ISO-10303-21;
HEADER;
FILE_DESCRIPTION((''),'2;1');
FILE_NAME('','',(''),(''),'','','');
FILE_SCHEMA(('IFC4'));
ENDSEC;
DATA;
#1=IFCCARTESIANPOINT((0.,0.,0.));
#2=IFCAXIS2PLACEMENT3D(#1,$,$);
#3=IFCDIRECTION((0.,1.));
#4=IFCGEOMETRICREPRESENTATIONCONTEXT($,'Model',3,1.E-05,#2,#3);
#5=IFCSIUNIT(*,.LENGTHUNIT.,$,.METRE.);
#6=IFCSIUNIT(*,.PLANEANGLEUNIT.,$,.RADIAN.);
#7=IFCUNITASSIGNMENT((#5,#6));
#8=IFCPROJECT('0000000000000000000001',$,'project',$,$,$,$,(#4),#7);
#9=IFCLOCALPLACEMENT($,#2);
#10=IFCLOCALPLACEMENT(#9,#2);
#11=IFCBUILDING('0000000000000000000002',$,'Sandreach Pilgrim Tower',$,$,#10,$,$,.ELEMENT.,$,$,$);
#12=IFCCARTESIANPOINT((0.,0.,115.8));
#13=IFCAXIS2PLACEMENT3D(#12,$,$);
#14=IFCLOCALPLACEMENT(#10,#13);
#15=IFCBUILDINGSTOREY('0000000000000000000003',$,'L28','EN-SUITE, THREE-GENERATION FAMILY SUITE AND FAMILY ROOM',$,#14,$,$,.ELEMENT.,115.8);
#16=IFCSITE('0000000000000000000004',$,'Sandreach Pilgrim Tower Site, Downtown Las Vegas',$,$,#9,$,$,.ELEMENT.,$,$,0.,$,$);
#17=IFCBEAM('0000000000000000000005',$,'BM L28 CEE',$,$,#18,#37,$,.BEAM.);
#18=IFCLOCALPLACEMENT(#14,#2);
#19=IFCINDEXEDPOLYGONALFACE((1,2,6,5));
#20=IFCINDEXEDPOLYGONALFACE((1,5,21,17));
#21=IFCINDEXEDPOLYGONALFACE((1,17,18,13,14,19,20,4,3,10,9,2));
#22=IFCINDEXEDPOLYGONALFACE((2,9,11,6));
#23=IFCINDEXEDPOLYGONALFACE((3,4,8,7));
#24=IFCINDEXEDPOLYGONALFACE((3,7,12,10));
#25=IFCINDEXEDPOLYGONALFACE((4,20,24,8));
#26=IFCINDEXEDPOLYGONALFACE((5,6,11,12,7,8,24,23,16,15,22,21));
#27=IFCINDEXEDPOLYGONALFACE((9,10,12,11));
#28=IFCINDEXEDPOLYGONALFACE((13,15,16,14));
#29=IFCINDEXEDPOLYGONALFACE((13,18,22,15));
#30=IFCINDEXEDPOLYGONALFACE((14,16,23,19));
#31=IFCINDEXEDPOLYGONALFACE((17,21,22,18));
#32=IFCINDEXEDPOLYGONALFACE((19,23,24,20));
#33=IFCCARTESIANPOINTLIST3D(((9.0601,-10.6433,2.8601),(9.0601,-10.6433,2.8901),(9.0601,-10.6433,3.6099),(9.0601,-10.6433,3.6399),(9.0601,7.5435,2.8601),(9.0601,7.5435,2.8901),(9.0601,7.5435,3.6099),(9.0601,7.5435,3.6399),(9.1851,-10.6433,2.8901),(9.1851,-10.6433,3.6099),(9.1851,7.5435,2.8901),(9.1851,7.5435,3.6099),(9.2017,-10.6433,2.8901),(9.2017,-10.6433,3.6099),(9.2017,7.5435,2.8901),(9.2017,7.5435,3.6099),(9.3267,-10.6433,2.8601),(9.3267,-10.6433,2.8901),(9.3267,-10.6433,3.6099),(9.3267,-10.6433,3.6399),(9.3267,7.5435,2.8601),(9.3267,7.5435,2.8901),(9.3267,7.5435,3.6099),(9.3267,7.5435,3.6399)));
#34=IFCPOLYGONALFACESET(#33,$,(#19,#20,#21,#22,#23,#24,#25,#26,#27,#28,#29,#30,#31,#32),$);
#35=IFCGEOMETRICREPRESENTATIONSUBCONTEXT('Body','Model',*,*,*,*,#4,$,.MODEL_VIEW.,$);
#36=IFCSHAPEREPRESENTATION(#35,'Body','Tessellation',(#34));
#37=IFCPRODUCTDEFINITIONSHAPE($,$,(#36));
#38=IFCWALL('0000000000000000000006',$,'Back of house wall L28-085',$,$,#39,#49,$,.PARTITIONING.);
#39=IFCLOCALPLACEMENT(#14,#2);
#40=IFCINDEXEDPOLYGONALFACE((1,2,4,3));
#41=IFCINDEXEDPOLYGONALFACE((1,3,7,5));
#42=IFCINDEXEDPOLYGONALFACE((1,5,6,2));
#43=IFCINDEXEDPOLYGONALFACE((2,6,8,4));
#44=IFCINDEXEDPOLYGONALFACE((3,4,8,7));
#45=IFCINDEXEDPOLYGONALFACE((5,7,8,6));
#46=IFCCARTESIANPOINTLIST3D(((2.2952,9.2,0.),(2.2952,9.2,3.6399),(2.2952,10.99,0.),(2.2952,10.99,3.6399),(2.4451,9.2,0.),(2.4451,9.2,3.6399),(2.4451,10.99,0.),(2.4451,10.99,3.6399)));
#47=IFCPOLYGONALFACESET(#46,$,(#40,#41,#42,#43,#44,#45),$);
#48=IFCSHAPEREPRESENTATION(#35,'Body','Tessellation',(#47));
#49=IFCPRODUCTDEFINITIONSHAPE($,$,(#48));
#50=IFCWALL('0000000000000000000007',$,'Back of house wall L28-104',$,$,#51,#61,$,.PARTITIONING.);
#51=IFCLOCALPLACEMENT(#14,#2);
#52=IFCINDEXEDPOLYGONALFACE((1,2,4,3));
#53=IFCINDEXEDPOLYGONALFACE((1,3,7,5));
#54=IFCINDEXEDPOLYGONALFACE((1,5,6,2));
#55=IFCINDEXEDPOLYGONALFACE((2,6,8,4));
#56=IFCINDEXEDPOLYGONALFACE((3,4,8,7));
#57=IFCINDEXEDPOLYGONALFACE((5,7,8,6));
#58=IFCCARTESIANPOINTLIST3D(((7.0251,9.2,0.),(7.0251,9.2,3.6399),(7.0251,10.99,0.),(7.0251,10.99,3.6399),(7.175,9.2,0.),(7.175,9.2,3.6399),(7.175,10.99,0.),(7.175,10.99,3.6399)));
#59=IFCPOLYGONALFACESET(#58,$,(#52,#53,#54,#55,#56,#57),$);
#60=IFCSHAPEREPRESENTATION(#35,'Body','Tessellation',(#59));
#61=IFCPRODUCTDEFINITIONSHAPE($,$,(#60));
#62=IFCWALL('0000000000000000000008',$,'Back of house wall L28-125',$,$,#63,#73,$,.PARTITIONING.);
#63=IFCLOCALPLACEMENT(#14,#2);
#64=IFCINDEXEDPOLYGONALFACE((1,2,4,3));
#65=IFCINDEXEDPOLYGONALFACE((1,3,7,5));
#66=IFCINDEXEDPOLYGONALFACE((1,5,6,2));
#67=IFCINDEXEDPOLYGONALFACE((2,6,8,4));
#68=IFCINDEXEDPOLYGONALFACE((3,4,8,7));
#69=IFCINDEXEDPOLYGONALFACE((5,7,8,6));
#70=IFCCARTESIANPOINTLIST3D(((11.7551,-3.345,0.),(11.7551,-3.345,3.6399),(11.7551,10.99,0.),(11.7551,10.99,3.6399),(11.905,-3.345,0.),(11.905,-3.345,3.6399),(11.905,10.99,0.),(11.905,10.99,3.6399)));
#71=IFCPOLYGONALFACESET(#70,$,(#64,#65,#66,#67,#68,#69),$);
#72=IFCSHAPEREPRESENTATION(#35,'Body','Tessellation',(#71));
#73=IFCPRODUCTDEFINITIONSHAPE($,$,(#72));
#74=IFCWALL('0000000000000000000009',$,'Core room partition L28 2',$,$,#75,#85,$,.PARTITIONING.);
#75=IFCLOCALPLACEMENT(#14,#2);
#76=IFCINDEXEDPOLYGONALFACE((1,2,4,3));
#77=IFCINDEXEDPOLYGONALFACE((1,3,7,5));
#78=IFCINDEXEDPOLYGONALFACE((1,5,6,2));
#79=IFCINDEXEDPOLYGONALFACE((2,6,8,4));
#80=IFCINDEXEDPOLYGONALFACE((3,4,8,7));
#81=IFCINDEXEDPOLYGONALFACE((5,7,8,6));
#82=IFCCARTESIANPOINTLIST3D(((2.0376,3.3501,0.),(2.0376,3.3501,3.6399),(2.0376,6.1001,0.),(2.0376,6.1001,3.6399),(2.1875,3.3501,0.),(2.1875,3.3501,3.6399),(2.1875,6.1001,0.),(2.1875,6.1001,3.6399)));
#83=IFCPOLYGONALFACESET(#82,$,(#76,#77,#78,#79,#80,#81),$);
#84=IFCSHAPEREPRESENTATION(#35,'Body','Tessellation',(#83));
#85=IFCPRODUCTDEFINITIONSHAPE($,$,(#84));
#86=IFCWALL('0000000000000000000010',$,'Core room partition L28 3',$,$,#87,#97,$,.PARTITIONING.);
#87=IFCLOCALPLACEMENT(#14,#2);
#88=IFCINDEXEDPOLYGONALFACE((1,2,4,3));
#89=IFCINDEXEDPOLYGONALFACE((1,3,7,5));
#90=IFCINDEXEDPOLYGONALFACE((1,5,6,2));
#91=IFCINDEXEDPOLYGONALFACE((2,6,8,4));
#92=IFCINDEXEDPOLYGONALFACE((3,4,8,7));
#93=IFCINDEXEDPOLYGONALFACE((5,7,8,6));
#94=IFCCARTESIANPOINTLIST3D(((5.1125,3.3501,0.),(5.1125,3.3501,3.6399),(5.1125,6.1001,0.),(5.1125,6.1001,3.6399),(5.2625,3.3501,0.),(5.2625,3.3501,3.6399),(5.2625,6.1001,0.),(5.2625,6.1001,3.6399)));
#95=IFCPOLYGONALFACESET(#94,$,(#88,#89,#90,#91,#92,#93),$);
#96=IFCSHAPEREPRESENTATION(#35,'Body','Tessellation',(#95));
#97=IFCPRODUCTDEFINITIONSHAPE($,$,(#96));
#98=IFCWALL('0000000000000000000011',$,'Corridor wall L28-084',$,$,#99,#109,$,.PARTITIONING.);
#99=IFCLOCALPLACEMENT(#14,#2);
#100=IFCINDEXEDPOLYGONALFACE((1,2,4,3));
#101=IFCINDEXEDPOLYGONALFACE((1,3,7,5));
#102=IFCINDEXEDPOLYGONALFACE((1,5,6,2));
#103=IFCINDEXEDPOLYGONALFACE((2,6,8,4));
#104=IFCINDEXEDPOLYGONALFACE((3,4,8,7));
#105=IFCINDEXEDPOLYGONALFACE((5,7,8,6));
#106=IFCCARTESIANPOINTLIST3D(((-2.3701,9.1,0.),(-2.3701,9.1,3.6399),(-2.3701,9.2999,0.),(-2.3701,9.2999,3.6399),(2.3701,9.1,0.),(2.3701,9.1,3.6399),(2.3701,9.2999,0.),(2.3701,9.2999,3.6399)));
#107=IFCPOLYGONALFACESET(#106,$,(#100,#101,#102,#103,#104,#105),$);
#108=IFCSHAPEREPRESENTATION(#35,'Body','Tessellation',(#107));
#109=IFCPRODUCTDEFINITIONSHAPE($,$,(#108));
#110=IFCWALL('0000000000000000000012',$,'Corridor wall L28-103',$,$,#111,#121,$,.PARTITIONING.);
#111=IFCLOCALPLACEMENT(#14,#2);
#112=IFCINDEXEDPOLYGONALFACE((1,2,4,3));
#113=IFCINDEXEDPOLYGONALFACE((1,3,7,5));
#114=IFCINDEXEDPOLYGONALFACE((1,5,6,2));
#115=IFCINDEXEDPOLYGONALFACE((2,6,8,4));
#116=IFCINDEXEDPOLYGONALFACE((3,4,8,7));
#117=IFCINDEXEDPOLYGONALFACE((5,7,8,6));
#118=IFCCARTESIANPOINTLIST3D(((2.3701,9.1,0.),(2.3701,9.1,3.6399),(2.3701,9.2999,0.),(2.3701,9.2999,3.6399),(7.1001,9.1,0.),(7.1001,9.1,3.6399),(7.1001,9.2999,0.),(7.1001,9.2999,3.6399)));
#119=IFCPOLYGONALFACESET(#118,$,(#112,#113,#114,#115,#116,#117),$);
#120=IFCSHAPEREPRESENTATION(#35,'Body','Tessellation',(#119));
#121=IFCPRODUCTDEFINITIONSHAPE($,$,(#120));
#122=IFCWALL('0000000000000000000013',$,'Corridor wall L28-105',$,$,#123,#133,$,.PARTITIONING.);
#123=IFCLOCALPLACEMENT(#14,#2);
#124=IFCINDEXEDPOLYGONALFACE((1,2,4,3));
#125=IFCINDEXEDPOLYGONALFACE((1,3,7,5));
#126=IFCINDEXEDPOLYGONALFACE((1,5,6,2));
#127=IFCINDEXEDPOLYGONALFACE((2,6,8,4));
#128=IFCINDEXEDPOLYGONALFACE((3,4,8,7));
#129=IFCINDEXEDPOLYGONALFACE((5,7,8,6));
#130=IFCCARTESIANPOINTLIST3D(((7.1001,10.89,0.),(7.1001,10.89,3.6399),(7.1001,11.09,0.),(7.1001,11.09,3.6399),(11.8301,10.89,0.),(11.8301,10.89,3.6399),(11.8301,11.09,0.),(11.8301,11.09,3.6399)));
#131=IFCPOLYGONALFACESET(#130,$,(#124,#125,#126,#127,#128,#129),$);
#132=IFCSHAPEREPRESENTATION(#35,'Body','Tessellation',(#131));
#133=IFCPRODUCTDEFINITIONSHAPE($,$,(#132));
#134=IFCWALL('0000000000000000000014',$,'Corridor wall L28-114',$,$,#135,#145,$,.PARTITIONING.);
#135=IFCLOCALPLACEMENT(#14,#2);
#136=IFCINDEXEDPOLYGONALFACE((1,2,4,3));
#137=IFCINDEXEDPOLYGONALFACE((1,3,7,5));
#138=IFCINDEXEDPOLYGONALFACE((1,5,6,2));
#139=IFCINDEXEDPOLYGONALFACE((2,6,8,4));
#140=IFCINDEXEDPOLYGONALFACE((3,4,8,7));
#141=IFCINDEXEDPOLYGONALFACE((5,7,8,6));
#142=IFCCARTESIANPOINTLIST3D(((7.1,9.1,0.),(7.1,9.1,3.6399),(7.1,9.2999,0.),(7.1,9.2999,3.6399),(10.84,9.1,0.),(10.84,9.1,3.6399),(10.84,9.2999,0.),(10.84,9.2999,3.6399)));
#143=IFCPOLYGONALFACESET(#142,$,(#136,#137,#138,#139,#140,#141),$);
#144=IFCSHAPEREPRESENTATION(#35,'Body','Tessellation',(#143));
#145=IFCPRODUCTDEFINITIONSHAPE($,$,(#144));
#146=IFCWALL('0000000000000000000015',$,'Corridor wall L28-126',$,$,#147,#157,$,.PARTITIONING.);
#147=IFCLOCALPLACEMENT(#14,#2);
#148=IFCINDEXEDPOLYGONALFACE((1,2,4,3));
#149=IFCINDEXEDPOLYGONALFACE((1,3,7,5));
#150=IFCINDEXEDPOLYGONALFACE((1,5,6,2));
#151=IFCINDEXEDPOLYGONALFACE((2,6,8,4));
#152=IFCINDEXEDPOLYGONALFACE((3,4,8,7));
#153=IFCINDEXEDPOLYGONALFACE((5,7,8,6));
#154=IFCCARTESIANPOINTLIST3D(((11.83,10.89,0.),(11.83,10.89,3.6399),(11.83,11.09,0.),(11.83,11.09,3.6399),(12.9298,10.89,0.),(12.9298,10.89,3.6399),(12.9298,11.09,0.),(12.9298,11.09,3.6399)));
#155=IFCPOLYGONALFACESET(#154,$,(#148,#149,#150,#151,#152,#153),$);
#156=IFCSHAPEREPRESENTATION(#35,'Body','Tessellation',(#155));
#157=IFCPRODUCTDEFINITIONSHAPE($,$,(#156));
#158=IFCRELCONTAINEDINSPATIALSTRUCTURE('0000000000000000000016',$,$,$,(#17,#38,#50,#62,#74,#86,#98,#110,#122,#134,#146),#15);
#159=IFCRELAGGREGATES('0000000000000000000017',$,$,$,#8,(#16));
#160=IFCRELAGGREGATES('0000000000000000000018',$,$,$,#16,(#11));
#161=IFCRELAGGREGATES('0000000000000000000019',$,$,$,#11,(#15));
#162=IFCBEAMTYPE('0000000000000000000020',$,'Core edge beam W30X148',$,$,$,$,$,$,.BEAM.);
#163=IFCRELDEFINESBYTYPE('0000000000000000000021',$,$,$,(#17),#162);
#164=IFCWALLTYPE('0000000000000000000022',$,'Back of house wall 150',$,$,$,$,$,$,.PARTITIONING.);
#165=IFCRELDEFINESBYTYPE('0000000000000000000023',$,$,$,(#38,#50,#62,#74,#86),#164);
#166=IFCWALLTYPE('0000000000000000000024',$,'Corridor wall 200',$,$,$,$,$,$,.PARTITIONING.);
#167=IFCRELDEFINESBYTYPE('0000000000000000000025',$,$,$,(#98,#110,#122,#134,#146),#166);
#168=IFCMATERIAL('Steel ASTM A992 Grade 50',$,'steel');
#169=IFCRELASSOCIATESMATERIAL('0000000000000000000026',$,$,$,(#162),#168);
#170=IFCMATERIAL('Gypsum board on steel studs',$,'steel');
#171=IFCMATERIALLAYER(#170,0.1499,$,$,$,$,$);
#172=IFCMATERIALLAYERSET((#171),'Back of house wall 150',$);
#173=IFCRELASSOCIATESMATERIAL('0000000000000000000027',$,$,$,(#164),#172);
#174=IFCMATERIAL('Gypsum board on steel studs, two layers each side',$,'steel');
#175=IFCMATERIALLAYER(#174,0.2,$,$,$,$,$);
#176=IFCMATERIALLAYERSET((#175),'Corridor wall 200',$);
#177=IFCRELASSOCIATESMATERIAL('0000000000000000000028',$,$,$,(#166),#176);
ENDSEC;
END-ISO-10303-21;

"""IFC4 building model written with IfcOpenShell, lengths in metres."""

from ifc_helpers import new_model, si_unit, direction, frame, frame_2d, origin, origin_2d, place, context, subcontext, project, spatial, rectangle, i_section, extrude, material, layer, layer_set, material_profile, profile_set, type_object, element, save


model = new_model("IFC4")

# Units and contexts
model_context = context("Model", 3, precision=1e-05, world=origin(), true_north=direction((0.0, 1.0)))
body_context = subcontext(model_context, "Body", "Model", "MODEL_VIEW")
ifc_project = project(units=[si_unit("LENGTHUNIT", "METRE"), si_unit("PLANEANGLEUNIT", "RADIAN")], contexts=[model_context])

# Site, building, storey
site_placement = place(None, origin())
site = spatial("IfcSite", under=ifc_project, at=site_placement, Name="Sandreach Pilgrim Tower Site, Downtown Las Vegas", CompositionType="ELEMENT", RefElevation=0.0)
building_placement = place(site_placement, origin())
building = spatial("IfcBuilding", under=site, at=building_placement, Name="Sandreach Pilgrim Tower", CompositionType="ELEMENT")
storey_placement = place(building_placement, frame((0.0, 0.0, 115.8)))
storey = spatial("IfcBuildingStorey", under=building, at=storey_placement, Name="L28", Description="EN-SUITE, THREE-GENERATION FAMILY SUITE AND FAMILY ROOM", CompositionType="ELEMENT", Elevation=115.8)

# Beam
ifc_material_1 = material(Name="Steel ASTM A992 Grade 50", Category="steel")
ifc_material_profile = material_profile(ifc_material_1, i_section(OverallWidth=0.2666, OverallDepth=0.7798, WebThickness=0.0166, FlangeThickness=0.03, at=origin_2d()), Name="W30X148")
ifc_profile_set = profile_set([ifc_material_profile], Name="Steel ASTM A992 Grade 50")
beam_type = type_object("IfcBeamType", Name="Core edge beam W30X148", PredefinedType="BEAM", material=ifc_profile_set)
beam_placement = place(storey_placement, frame((9.1934, 7.5435, 3.25), z_axis=(0.0, -1.0, 0.0), x_axis=(1.0, 0.0, 0.0)))
element("IfcBeam", 1, at=beam_placement, inside=storey, type_object=beam_type, Name="BM L28 CEE", PredefinedType="BEAM", context=body_context, shape_type="SweptSolid", body=[
    extrude(i_section(OverallWidth=0.2666, OverallDepth=0.7798, WebThickness=0.0166, FlangeThickness=0.03, at=origin_2d()), origin(), (0.0, 0.0, 1.0), 18.1868),
])

# Walls
ifc_material_2 = material(Name="Gypsum board on steel studs", Category="steel")
ifc_layer_1 = layer(ifc_material_2, 0.1499)
ifc_layer_set_1 = layer_set([ifc_layer_1], Name="Back of house wall 150")
wall_type_1 = type_object("IfcWallType", Name="Back of house wall 150", PredefinedType="PARTITIONING", material=ifc_layer_set_1)
for number, where, z_axis, x_axis, name in (
    (2, (2.3701, 10.99, 0.0), (0.0, 0.0, 1.0), (0.0, -1.0, 0.0), "Back of house wall L28-085"),
    (3, (7.1001, 10.99, 0.0), (0.0, 0.0, 1.0), (0.0, -1.0, 0.0), "Back of house wall L28-104"),
):
    element("IfcWall", number, at=place(storey_placement, frame(where, z_axis=z_axis, x_axis=x_axis)), inside=storey, type_object=wall_type_1, Name=name, PredefinedType="PARTITIONING", context=body_context, shape_type="SweptSolid", body=[
        extrude(rectangle(XDim=1.79, YDim=0.1499, at=frame_2d((0.895, 0.0))), origin(), (0.0, 0.0, 1.0), 3.6399),
    ])
wall_1_placement = place(storey_placement, frame((11.8301, 10.99, 0.0), z_axis=(0.0, 0.0, 1.0), x_axis=(0.0, -1.0, 0.0)))
element("IfcWall", 4, at=wall_1_placement, inside=storey, type_object=wall_type_1, Name="Back of house wall L28-125", PredefinedType="PARTITIONING", context=body_context, shape_type="SweptSolid", body=[
    extrude(rectangle(XDim=14.335, YDim=0.1499, at=frame_2d((7.1675, 0.0))), origin(), (0.0, 0.0, 1.0), 3.6399),
])
for number, where, z_axis, x_axis, name in (
    (5, (2.1125, 3.3501, 0.0), (0.0, 0.0, 1.0), (0.0, 1.0, 0.0), "Core room partition L28 2"),
    (6, (5.1875, 3.3501, 0.0), (0.0, 0.0, 1.0), (0.0, 1.0, 0.0), "Core room partition L28 3"),
):
    element("IfcWall", number, at=place(storey_placement, frame(where, z_axis=z_axis, x_axis=x_axis)), inside=storey, type_object=wall_type_1, Name=name, PredefinedType="PARTITIONING", context=body_context, shape_type="SweptSolid", body=[
        extrude(rectangle(XDim=2.75, YDim=0.1499, at=frame_2d((1.375, 0.0))), origin(), (0.0, 0.0, 1.0), 3.6399),
    ])

# Wall
ifc_material_3 = material(Name="Gypsum board on steel studs, two layers each side", Category="steel")
ifc_layer_2 = layer(ifc_material_3, 0.2)
ifc_layer_set_2 = layer_set([ifc_layer_2], Name="Corridor wall 200")
wall_type_2 = type_object("IfcWallType", Name="Corridor wall 200", PredefinedType="PARTITIONING", material=ifc_layer_set_2)
wall_2_placement = place(storey_placement, frame((2.3701, 9.2, 0.0), z_axis=(0.0, 0.0, 1.0), x_axis=(-1.0, 0.0, 0.0)))
element("IfcWall", 7, at=wall_2_placement, inside=storey, type_object=wall_type_2, Name="Corridor wall L28-084", PredefinedType="PARTITIONING", context=body_context, shape_type="SweptSolid", body=[
    extrude(rectangle(XDim=4.7402, YDim=0.2, at=frame_2d((2.3701, 0.0))), origin(), (0.0, 0.0, 1.0), 3.6399),
])

# Walls
for number, where, z_axis, x_axis, name in (
    (8, (7.1001, 9.2, 0.0), (0.0, 0.0, 1.0), (-1.0, 0.0, 0.0), "Corridor wall L28-103"),
    (9, (7.1001, 10.99, 0.0), (0.0, 0.0, 1.0), (1.0, 0.0, 0.0), "Corridor wall L28-105"),
):
    element("IfcWall", number, at=place(storey_placement, frame(where, z_axis=z_axis, x_axis=x_axis)), inside=storey, type_object=wall_type_2, Name=name, PredefinedType="PARTITIONING", context=body_context, shape_type="SweptSolid", body=[
        extrude(rectangle(XDim=4.73, YDim=0.2, at=frame_2d((2.365, 0.0))), origin(), (0.0, 0.0, 1.0), 3.6399),
    ])
wall_3_placement = place(storey_placement, frame((10.8401, 9.2, 0.0), z_axis=(0.0, 0.0, 1.0), x_axis=(-1.0, 0.0, 0.0)))
element("IfcWall", 10, at=wall_3_placement, inside=storey, type_object=wall_type_2, Name="Corridor wall L28-114", PredefinedType="PARTITIONING", context=body_context, shape_type="SweptSolid", body=[
    extrude(rectangle(XDim=3.74, YDim=0.2, at=frame_2d((1.8701, 0.0))), origin(), (0.0, 0.0, 1.0), 3.6399),
])
wall_4_placement = place(storey_placement, frame((11.8301, 10.99, 0.0), z_axis=(0.0, 0.0, 1.0), x_axis=(1.0, 0.0, 0.0)))
element("IfcWall", 11, at=wall_4_placement, inside=storey, type_object=wall_type_2, Name="Corridor wall L28-126", PredefinedType="PARTITIONING", context=body_context, shape_type="SweptSolid", body=[
    extrude(rectangle(XDim=1.0999, YDim=0.2, at=frame_2d((0.5498, 0.0))), origin(), (0.0, 0.0, 1.0), 3.6399),
])

save(model, "model.ifc")
